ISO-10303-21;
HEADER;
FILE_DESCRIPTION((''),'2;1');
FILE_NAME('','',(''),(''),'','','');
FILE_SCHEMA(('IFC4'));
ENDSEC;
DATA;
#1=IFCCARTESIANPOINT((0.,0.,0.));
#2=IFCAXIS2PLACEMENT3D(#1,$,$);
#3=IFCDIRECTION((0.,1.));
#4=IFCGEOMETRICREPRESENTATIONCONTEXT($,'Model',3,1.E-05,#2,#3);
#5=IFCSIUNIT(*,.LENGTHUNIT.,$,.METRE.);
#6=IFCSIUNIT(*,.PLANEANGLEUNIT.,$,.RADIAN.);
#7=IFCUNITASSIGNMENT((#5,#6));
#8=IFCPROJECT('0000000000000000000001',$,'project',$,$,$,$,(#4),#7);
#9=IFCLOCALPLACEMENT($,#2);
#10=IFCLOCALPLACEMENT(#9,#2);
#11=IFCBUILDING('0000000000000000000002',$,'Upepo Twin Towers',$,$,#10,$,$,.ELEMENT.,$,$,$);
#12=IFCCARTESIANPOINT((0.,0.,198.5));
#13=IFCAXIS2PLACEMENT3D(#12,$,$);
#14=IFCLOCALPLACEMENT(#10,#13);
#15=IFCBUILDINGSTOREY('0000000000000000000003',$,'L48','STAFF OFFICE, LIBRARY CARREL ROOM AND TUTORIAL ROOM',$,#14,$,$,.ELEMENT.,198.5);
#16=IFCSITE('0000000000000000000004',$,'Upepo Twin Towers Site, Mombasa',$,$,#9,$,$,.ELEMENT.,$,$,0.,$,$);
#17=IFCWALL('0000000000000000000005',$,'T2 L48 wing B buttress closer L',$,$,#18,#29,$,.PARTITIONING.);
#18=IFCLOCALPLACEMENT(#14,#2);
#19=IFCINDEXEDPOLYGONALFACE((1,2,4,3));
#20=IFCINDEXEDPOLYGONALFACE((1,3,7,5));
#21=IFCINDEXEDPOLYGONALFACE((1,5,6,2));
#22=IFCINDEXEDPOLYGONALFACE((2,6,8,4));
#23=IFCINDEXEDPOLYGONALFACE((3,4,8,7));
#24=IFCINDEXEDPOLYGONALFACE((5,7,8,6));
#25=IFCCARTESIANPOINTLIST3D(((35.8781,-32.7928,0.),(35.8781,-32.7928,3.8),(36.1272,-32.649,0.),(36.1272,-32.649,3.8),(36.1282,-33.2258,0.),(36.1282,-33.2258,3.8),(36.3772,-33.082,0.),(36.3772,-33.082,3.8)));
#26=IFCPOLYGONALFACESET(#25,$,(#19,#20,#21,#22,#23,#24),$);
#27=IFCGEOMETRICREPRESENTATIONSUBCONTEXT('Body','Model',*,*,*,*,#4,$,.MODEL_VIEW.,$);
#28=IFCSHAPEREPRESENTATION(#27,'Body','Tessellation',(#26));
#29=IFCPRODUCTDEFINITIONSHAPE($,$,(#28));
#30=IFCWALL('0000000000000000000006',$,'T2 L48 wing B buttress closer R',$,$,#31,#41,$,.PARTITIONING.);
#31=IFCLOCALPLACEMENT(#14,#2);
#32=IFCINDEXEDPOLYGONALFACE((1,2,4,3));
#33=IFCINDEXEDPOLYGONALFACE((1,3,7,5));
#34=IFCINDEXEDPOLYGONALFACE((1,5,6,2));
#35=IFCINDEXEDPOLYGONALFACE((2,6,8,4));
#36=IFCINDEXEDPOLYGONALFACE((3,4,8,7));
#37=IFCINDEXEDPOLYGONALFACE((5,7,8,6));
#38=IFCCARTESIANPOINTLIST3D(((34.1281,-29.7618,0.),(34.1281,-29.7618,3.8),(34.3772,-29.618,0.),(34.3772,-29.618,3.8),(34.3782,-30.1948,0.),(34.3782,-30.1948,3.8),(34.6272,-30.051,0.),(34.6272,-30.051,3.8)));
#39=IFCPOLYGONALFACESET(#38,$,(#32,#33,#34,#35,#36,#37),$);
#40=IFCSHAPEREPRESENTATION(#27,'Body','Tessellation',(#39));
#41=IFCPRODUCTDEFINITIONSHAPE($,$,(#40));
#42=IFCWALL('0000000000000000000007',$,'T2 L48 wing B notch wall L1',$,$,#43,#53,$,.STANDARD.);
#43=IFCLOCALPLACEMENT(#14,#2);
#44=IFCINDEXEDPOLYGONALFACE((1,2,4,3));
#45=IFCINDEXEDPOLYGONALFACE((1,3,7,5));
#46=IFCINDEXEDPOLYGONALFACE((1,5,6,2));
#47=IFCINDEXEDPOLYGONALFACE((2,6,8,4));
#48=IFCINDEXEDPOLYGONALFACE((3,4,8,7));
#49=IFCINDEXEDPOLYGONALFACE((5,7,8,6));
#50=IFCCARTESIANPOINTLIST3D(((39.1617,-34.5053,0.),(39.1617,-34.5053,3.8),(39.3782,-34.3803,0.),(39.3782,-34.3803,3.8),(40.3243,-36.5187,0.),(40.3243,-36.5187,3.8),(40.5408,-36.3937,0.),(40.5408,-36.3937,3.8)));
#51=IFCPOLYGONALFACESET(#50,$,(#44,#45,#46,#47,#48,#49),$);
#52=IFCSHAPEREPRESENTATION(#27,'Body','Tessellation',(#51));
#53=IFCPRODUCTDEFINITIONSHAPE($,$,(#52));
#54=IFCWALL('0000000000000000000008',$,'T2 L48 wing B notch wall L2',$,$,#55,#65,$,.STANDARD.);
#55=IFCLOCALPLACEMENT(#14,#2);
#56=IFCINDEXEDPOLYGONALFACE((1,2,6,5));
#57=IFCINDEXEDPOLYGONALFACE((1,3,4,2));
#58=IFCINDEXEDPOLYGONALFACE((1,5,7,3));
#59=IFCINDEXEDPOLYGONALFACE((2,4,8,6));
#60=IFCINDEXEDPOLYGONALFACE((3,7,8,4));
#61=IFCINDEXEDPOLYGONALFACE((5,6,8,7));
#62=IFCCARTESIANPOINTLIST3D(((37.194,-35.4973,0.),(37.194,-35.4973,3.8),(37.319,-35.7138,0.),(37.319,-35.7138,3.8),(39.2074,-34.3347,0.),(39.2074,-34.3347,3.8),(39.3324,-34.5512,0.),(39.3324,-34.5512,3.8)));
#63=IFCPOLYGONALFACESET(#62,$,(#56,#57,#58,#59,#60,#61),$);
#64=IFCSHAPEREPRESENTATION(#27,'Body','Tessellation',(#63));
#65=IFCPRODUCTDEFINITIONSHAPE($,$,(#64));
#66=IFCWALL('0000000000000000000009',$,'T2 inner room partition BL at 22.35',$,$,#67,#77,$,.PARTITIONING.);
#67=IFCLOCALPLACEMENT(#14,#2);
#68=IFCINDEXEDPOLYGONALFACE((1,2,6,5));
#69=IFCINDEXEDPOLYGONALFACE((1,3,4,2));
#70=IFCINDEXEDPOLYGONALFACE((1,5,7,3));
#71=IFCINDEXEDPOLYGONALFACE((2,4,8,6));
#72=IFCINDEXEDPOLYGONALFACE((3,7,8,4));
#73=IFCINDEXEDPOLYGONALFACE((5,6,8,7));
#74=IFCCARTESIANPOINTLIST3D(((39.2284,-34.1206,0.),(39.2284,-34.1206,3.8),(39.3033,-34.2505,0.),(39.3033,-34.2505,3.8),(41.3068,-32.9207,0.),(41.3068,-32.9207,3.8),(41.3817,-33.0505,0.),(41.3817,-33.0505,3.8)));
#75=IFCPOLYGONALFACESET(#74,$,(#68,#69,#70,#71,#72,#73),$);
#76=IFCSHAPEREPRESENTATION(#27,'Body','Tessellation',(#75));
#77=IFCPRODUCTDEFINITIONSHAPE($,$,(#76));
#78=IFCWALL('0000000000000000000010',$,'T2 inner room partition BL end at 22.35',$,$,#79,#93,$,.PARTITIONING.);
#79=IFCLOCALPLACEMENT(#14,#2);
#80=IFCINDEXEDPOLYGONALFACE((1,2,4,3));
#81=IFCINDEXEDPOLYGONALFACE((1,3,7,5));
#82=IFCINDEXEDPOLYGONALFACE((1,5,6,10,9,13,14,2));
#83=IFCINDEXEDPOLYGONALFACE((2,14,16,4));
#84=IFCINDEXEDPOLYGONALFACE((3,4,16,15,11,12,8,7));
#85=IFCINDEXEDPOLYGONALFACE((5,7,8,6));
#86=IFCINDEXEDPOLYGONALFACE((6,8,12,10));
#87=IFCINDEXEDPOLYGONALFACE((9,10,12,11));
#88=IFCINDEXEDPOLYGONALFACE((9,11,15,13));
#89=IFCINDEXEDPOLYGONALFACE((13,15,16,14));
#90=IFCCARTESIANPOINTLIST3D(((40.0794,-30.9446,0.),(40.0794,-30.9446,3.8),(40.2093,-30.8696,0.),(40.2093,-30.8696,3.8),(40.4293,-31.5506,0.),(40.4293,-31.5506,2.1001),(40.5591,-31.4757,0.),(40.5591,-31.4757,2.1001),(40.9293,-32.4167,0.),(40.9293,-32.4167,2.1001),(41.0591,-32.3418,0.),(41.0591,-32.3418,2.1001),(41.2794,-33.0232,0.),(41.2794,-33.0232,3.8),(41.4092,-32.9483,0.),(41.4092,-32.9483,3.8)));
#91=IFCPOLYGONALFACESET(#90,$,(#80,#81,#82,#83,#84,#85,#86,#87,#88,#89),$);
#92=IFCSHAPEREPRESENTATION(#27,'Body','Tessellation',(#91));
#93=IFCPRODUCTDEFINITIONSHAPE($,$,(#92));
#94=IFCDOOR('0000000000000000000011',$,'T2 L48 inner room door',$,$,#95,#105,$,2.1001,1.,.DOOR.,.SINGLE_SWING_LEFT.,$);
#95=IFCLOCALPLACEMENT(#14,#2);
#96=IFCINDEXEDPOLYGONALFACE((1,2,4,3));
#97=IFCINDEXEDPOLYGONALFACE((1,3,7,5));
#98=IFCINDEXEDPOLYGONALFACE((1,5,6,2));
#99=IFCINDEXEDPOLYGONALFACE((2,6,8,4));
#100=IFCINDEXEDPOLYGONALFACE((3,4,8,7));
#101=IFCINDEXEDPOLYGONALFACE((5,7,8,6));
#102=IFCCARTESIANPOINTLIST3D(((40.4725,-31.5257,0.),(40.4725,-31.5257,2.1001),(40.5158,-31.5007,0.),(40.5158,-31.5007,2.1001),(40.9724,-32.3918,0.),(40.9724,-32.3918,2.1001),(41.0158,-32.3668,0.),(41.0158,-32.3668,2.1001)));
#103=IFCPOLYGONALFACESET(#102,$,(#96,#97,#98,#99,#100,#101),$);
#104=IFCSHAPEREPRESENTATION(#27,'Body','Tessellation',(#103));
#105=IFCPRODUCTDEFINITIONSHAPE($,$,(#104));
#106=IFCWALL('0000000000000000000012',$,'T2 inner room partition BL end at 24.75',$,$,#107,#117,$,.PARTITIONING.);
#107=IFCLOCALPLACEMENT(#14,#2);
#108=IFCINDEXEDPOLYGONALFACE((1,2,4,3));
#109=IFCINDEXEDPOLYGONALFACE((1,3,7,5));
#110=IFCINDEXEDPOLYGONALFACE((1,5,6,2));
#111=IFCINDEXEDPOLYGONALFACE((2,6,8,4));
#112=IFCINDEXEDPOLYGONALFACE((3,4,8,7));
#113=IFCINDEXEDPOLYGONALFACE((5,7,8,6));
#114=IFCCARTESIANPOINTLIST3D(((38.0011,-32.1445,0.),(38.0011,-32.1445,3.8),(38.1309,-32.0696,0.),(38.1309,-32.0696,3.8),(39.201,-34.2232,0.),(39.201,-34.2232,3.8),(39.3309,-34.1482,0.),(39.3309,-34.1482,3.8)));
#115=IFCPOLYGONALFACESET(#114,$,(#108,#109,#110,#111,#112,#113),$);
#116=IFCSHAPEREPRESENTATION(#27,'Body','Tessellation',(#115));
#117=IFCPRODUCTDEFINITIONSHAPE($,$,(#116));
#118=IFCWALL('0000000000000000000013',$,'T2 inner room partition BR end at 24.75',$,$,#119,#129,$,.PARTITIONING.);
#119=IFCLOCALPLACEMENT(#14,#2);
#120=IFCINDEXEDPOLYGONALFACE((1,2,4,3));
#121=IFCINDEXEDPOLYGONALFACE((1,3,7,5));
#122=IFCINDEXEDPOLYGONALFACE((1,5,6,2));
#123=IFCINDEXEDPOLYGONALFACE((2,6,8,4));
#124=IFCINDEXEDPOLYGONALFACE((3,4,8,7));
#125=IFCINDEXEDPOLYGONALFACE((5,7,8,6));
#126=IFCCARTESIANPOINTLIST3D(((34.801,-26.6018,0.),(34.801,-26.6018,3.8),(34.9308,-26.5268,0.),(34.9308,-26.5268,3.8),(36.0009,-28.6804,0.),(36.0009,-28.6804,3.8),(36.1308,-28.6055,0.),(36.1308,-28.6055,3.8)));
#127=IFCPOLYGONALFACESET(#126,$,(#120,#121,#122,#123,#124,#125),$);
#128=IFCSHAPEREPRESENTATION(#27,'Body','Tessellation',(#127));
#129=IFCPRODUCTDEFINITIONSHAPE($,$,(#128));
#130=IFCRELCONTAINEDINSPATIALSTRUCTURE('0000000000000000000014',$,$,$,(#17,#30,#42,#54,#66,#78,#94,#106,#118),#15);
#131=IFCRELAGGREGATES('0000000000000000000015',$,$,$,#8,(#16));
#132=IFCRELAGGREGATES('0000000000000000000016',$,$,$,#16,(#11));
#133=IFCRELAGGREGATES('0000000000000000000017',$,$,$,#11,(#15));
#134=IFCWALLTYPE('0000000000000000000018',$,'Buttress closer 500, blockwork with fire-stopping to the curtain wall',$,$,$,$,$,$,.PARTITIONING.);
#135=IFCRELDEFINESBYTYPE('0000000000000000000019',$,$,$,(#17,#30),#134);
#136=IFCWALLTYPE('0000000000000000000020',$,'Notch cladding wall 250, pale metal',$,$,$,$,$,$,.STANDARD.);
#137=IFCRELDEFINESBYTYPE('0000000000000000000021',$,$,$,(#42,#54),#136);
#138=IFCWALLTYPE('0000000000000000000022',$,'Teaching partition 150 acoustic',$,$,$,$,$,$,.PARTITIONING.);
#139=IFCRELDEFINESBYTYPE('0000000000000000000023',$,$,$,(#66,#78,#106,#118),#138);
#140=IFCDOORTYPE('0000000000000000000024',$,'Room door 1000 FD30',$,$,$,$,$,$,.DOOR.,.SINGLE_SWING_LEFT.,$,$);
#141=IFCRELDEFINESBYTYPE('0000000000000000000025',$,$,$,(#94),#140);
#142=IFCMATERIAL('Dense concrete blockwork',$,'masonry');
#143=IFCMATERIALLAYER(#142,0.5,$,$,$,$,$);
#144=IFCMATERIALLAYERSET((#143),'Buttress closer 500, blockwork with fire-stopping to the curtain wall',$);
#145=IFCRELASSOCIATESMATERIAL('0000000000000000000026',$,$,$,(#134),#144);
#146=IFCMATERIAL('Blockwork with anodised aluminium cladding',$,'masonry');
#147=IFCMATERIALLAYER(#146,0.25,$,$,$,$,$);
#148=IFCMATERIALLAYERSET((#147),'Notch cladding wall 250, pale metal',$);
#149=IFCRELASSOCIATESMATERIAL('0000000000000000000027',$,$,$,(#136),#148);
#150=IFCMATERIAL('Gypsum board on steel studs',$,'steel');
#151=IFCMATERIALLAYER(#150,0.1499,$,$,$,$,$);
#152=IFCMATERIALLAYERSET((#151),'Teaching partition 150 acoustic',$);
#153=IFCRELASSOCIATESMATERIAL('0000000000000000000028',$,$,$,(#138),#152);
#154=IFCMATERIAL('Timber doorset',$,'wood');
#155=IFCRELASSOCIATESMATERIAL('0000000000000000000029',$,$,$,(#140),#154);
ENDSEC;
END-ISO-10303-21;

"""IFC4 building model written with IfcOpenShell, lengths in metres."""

from ifc_helpers import new_model, si_unit, direction, frame, frame_2d, origin, place, context, subcontext, project, spatial, rectangle, extrude, material, layer, layer_set, type_object, element, fill, save


model = new_model("IFC4")

# Units and contexts
model_context = context("Model", 3, precision=1e-05, world=origin(), true_north=direction((0.0, 1.0)))
body_context = subcontext(model_context, "Body", "Model", "MODEL_VIEW")
ifc_project = project(units=[si_unit("LENGTHUNIT", "METRE"), si_unit("PLANEANGLEUNIT", "RADIAN")], contexts=[model_context])

# Site, building, storey
site_placement = place(None, origin())
site = spatial("IfcSite", under=ifc_project, at=site_placement, Name="Upepo Twin Towers Site, Mombasa", CompositionType="ELEMENT", RefElevation=0.0)
building_placement = place(site_placement, origin())
building = spatial("IfcBuilding", under=site, at=building_placement, Name="Upepo Twin Towers", CompositionType="ELEMENT")
storey_placement = place(building_placement, frame((0.0, 0.0, 198.5)))
storey = spatial("IfcBuildingStorey", under=building, at=storey_placement, Name="L48", Description="STAFF OFFICE, LIBRARY CARREL ROOM AND TUTORIAL ROOM", CompositionType="ELEMENT", Elevation=198.5)

# Walls
ifc_material_1 = material(Name="Dense concrete blockwork", Category="masonry")
ifc_layer_1 = layer(ifc_material_1, 0.5)
ifc_layer_set_1 = layer_set([ifc_layer_1], Name="Buttress closer 500, blockwork with fire-stopping to the curtain wall")
wall_type_1 = type_object("IfcWallType", Name="Buttress closer 500, blockwork with fire-stopping to the curtain wall", PredefinedType="PARTITIONING", material=ifc_layer_set_1)
for number, where, z_axis, x_axis, name in (
    (1, (36.2522, -32.8655, 0.0), (0.0, 0.0, 1.0), (-0.865988, -0.500065, 0.0), "T2 L48 wing B buttress closer L"),
    (2, (34.5022, -29.8345, 0.0), (0.0, 0.0, 1.0), (-0.865988, -0.500065, 0.0), "T2 L48 wing B buttress closer R"),
):
    element("IfcWall", number, at=place(storey_placement, frame(where, z_axis=z_axis, x_axis=x_axis)), inside=storey, type_object=wall_type_1, Name=name, PredefinedType="PARTITIONING", context=body_context, shape_type="SweptSolid", body=[
        extrude(rectangle(XDim=0.2876, YDim=0.5, at=frame_2d((0.1438, 0.0))), origin(), (0.0, 0.0, 1.0), 3.8),
    ])
ifc_material_2 = material(Name="Blockwork with anodised aluminium cladding", Category="masonry")
ifc_layer_2 = layer(ifc_material_2, 0.25)
ifc_layer_set_2 = layer_set([ifc_layer_2], Name="Notch cladding wall 250, pale metal")
wall_type_2 = type_object("IfcWallType", Name="Notch cladding wall 250, pale metal", PredefinedType="STANDARD", material=ifc_layer_set_2)
for number, where, z_axis, x_axis, name in (
    (3, (40.4326, -36.4563, 0.0), (0.0, 0.0, 1.0), (-0.500047, 0.865998, 0.0), "T2 L48 wing B notch wall L1"),
    (4, (39.27, -34.4429, 0.0), (0.0, 0.0, 1.0), (-0.865998, -0.500047, 0.0), "T2 L48 wing B notch wall L2"),
):
    element("IfcWall", number, at=place(storey_placement, frame(where, z_axis=z_axis, x_axis=x_axis)), inside=storey, type_object=wall_type_2, Name=name, PredefinedType="STANDARD", context=body_context, shape_type="SweptSolid", body=[
        extrude(rectangle(XDim=2.325, YDim=0.25, at=frame_2d((1.1626, 0.0))), origin(), (0.0, 0.0, 1.0), 3.8),
    ])
ifc_material_3 = material(Name="Gypsum board on steel studs", Category="steel")
ifc_layer_3 = layer(ifc_material_3, 0.1499)
ifc_layer_set_3 = layer_set([ifc_layer_3], Name="Teaching partition 150 acoustic")
wall_type_3 = type_object("IfcWallType", Name="Teaching partition 150 acoustic", PredefinedType="PARTITIONING", material=ifc_layer_set_3)
wall_1_placement = place(storey_placement, frame((41.3442, -32.9856, 0.0), z_axis=(0.0, 0.0, 1.0), x_axis=(-0.866025, -0.500001, 0.0)))
element("IfcWall", 5, at=wall_1_placement, inside=storey, type_object=wall_type_3, Name="T2 inner room partition BL at 22.35", PredefinedType="PARTITIONING", context=body_context, shape_type="SweptSolid", body=[
    extrude(rectangle(XDim=2.3999, YDim=0.1499, at=frame_2d((1.2, 0.0))), origin(), (0.0, 0.0, 1.0), 3.8),
])

# Wall, opening, door
wall_2_placement = place(storey_placement, frame((40.1443, -30.907, 0.0), z_axis=(0.0, 0.0, 1.0), x_axis=(0.499957, -0.86605, 0.0)))
wall_2 = element("IfcWall", 6, at=wall_2_placement, inside=storey, type_object=wall_type_3, Name="T2 inner room partition BL end at 22.35", PredefinedType="PARTITIONING", context=body_context, shape_type="SweptSolid", body=[
    extrude(rectangle(XDim=2.4001, YDim=0.1499, at=frame_2d((1.2002, 0.0))), origin(), (0.0, 0.0, 1.0), 3.8),
])
opening_placement = place(wall_2_placement, frame((0.7, 0.0, 0.0)))
opening = element("IfcOpeningElement", 7, at=opening_placement, cuts=wall_2, PredefinedType="OPENING", context=body_context, shape_type="SweptSolid", body=[
    extrude(rectangle(XDim=1.0, YDim=2.1001, at=frame_2d((0.5, 1.05))), frame((0.0, 0.085, 0.0), z_axis=(0.0, -1.0, 0.0), x_axis=(1.0, 0.0, 0.0)), (0.0, 0.0, 1.0), 0.1699),
])
ifc_material_4 = material(Name="Timber doorset", Category="wood")
door_type = type_object("IfcDoorType", Name="Room door 1000 FD30", OperationType="SINGLE_SWING_LEFT", PredefinedType="DOOR", material=ifc_material_4)
door_placement = place(opening_placement, origin())
door = element("IfcDoor", 8, at=door_placement, inside=storey, type_object=door_type, Name="T2 L48 inner room door", OperationType="SINGLE_SWING_LEFT", OverallHeight=2.1001, OverallWidth=1.0, PredefinedType="DOOR", context=body_context, shape_type="SweptSolid", body=[
    extrude(rectangle(XDim=1.0, YDim=2.1001, at=frame_2d((0.5, 1.05))), frame((0.0, 0.0249, 0.0), z_axis=(0.0, -1.0, 0.0), x_axis=(1.0, 0.0, 0.0)), (0.0, 0.0, 1.0), 0.05),
])
fill(opening, door)

# Walls
for number, where, z_axis, x_axis, name in (
    (9, (38.0659, -32.1069, 0.0), (0.0, 0.0, 1.0), (0.499957, -0.86605, 0.0), "T2 inner room partition BL end at 24.75"),
    (10, (36.0659, -28.6431, 0.0), (0.0, 0.0, 1.0), (-0.499957, 0.86605, 0.0), "T2 inner room partition BR end at 24.75"),
):
    element("IfcWall", number, at=place(storey_placement, frame(where, z_axis=z_axis, x_axis=x_axis)), inside=storey, type_object=wall_type_3, Name=name, PredefinedType="PARTITIONING", context=body_context, shape_type="SweptSolid", body=[
        extrude(rectangle(XDim=2.4001, YDim=0.1499, at=frame_2d((1.2002, 0.0))), origin(), (0.0, 0.0, 1.0), 3.8),
    ])

save(model, "model.ifc")
